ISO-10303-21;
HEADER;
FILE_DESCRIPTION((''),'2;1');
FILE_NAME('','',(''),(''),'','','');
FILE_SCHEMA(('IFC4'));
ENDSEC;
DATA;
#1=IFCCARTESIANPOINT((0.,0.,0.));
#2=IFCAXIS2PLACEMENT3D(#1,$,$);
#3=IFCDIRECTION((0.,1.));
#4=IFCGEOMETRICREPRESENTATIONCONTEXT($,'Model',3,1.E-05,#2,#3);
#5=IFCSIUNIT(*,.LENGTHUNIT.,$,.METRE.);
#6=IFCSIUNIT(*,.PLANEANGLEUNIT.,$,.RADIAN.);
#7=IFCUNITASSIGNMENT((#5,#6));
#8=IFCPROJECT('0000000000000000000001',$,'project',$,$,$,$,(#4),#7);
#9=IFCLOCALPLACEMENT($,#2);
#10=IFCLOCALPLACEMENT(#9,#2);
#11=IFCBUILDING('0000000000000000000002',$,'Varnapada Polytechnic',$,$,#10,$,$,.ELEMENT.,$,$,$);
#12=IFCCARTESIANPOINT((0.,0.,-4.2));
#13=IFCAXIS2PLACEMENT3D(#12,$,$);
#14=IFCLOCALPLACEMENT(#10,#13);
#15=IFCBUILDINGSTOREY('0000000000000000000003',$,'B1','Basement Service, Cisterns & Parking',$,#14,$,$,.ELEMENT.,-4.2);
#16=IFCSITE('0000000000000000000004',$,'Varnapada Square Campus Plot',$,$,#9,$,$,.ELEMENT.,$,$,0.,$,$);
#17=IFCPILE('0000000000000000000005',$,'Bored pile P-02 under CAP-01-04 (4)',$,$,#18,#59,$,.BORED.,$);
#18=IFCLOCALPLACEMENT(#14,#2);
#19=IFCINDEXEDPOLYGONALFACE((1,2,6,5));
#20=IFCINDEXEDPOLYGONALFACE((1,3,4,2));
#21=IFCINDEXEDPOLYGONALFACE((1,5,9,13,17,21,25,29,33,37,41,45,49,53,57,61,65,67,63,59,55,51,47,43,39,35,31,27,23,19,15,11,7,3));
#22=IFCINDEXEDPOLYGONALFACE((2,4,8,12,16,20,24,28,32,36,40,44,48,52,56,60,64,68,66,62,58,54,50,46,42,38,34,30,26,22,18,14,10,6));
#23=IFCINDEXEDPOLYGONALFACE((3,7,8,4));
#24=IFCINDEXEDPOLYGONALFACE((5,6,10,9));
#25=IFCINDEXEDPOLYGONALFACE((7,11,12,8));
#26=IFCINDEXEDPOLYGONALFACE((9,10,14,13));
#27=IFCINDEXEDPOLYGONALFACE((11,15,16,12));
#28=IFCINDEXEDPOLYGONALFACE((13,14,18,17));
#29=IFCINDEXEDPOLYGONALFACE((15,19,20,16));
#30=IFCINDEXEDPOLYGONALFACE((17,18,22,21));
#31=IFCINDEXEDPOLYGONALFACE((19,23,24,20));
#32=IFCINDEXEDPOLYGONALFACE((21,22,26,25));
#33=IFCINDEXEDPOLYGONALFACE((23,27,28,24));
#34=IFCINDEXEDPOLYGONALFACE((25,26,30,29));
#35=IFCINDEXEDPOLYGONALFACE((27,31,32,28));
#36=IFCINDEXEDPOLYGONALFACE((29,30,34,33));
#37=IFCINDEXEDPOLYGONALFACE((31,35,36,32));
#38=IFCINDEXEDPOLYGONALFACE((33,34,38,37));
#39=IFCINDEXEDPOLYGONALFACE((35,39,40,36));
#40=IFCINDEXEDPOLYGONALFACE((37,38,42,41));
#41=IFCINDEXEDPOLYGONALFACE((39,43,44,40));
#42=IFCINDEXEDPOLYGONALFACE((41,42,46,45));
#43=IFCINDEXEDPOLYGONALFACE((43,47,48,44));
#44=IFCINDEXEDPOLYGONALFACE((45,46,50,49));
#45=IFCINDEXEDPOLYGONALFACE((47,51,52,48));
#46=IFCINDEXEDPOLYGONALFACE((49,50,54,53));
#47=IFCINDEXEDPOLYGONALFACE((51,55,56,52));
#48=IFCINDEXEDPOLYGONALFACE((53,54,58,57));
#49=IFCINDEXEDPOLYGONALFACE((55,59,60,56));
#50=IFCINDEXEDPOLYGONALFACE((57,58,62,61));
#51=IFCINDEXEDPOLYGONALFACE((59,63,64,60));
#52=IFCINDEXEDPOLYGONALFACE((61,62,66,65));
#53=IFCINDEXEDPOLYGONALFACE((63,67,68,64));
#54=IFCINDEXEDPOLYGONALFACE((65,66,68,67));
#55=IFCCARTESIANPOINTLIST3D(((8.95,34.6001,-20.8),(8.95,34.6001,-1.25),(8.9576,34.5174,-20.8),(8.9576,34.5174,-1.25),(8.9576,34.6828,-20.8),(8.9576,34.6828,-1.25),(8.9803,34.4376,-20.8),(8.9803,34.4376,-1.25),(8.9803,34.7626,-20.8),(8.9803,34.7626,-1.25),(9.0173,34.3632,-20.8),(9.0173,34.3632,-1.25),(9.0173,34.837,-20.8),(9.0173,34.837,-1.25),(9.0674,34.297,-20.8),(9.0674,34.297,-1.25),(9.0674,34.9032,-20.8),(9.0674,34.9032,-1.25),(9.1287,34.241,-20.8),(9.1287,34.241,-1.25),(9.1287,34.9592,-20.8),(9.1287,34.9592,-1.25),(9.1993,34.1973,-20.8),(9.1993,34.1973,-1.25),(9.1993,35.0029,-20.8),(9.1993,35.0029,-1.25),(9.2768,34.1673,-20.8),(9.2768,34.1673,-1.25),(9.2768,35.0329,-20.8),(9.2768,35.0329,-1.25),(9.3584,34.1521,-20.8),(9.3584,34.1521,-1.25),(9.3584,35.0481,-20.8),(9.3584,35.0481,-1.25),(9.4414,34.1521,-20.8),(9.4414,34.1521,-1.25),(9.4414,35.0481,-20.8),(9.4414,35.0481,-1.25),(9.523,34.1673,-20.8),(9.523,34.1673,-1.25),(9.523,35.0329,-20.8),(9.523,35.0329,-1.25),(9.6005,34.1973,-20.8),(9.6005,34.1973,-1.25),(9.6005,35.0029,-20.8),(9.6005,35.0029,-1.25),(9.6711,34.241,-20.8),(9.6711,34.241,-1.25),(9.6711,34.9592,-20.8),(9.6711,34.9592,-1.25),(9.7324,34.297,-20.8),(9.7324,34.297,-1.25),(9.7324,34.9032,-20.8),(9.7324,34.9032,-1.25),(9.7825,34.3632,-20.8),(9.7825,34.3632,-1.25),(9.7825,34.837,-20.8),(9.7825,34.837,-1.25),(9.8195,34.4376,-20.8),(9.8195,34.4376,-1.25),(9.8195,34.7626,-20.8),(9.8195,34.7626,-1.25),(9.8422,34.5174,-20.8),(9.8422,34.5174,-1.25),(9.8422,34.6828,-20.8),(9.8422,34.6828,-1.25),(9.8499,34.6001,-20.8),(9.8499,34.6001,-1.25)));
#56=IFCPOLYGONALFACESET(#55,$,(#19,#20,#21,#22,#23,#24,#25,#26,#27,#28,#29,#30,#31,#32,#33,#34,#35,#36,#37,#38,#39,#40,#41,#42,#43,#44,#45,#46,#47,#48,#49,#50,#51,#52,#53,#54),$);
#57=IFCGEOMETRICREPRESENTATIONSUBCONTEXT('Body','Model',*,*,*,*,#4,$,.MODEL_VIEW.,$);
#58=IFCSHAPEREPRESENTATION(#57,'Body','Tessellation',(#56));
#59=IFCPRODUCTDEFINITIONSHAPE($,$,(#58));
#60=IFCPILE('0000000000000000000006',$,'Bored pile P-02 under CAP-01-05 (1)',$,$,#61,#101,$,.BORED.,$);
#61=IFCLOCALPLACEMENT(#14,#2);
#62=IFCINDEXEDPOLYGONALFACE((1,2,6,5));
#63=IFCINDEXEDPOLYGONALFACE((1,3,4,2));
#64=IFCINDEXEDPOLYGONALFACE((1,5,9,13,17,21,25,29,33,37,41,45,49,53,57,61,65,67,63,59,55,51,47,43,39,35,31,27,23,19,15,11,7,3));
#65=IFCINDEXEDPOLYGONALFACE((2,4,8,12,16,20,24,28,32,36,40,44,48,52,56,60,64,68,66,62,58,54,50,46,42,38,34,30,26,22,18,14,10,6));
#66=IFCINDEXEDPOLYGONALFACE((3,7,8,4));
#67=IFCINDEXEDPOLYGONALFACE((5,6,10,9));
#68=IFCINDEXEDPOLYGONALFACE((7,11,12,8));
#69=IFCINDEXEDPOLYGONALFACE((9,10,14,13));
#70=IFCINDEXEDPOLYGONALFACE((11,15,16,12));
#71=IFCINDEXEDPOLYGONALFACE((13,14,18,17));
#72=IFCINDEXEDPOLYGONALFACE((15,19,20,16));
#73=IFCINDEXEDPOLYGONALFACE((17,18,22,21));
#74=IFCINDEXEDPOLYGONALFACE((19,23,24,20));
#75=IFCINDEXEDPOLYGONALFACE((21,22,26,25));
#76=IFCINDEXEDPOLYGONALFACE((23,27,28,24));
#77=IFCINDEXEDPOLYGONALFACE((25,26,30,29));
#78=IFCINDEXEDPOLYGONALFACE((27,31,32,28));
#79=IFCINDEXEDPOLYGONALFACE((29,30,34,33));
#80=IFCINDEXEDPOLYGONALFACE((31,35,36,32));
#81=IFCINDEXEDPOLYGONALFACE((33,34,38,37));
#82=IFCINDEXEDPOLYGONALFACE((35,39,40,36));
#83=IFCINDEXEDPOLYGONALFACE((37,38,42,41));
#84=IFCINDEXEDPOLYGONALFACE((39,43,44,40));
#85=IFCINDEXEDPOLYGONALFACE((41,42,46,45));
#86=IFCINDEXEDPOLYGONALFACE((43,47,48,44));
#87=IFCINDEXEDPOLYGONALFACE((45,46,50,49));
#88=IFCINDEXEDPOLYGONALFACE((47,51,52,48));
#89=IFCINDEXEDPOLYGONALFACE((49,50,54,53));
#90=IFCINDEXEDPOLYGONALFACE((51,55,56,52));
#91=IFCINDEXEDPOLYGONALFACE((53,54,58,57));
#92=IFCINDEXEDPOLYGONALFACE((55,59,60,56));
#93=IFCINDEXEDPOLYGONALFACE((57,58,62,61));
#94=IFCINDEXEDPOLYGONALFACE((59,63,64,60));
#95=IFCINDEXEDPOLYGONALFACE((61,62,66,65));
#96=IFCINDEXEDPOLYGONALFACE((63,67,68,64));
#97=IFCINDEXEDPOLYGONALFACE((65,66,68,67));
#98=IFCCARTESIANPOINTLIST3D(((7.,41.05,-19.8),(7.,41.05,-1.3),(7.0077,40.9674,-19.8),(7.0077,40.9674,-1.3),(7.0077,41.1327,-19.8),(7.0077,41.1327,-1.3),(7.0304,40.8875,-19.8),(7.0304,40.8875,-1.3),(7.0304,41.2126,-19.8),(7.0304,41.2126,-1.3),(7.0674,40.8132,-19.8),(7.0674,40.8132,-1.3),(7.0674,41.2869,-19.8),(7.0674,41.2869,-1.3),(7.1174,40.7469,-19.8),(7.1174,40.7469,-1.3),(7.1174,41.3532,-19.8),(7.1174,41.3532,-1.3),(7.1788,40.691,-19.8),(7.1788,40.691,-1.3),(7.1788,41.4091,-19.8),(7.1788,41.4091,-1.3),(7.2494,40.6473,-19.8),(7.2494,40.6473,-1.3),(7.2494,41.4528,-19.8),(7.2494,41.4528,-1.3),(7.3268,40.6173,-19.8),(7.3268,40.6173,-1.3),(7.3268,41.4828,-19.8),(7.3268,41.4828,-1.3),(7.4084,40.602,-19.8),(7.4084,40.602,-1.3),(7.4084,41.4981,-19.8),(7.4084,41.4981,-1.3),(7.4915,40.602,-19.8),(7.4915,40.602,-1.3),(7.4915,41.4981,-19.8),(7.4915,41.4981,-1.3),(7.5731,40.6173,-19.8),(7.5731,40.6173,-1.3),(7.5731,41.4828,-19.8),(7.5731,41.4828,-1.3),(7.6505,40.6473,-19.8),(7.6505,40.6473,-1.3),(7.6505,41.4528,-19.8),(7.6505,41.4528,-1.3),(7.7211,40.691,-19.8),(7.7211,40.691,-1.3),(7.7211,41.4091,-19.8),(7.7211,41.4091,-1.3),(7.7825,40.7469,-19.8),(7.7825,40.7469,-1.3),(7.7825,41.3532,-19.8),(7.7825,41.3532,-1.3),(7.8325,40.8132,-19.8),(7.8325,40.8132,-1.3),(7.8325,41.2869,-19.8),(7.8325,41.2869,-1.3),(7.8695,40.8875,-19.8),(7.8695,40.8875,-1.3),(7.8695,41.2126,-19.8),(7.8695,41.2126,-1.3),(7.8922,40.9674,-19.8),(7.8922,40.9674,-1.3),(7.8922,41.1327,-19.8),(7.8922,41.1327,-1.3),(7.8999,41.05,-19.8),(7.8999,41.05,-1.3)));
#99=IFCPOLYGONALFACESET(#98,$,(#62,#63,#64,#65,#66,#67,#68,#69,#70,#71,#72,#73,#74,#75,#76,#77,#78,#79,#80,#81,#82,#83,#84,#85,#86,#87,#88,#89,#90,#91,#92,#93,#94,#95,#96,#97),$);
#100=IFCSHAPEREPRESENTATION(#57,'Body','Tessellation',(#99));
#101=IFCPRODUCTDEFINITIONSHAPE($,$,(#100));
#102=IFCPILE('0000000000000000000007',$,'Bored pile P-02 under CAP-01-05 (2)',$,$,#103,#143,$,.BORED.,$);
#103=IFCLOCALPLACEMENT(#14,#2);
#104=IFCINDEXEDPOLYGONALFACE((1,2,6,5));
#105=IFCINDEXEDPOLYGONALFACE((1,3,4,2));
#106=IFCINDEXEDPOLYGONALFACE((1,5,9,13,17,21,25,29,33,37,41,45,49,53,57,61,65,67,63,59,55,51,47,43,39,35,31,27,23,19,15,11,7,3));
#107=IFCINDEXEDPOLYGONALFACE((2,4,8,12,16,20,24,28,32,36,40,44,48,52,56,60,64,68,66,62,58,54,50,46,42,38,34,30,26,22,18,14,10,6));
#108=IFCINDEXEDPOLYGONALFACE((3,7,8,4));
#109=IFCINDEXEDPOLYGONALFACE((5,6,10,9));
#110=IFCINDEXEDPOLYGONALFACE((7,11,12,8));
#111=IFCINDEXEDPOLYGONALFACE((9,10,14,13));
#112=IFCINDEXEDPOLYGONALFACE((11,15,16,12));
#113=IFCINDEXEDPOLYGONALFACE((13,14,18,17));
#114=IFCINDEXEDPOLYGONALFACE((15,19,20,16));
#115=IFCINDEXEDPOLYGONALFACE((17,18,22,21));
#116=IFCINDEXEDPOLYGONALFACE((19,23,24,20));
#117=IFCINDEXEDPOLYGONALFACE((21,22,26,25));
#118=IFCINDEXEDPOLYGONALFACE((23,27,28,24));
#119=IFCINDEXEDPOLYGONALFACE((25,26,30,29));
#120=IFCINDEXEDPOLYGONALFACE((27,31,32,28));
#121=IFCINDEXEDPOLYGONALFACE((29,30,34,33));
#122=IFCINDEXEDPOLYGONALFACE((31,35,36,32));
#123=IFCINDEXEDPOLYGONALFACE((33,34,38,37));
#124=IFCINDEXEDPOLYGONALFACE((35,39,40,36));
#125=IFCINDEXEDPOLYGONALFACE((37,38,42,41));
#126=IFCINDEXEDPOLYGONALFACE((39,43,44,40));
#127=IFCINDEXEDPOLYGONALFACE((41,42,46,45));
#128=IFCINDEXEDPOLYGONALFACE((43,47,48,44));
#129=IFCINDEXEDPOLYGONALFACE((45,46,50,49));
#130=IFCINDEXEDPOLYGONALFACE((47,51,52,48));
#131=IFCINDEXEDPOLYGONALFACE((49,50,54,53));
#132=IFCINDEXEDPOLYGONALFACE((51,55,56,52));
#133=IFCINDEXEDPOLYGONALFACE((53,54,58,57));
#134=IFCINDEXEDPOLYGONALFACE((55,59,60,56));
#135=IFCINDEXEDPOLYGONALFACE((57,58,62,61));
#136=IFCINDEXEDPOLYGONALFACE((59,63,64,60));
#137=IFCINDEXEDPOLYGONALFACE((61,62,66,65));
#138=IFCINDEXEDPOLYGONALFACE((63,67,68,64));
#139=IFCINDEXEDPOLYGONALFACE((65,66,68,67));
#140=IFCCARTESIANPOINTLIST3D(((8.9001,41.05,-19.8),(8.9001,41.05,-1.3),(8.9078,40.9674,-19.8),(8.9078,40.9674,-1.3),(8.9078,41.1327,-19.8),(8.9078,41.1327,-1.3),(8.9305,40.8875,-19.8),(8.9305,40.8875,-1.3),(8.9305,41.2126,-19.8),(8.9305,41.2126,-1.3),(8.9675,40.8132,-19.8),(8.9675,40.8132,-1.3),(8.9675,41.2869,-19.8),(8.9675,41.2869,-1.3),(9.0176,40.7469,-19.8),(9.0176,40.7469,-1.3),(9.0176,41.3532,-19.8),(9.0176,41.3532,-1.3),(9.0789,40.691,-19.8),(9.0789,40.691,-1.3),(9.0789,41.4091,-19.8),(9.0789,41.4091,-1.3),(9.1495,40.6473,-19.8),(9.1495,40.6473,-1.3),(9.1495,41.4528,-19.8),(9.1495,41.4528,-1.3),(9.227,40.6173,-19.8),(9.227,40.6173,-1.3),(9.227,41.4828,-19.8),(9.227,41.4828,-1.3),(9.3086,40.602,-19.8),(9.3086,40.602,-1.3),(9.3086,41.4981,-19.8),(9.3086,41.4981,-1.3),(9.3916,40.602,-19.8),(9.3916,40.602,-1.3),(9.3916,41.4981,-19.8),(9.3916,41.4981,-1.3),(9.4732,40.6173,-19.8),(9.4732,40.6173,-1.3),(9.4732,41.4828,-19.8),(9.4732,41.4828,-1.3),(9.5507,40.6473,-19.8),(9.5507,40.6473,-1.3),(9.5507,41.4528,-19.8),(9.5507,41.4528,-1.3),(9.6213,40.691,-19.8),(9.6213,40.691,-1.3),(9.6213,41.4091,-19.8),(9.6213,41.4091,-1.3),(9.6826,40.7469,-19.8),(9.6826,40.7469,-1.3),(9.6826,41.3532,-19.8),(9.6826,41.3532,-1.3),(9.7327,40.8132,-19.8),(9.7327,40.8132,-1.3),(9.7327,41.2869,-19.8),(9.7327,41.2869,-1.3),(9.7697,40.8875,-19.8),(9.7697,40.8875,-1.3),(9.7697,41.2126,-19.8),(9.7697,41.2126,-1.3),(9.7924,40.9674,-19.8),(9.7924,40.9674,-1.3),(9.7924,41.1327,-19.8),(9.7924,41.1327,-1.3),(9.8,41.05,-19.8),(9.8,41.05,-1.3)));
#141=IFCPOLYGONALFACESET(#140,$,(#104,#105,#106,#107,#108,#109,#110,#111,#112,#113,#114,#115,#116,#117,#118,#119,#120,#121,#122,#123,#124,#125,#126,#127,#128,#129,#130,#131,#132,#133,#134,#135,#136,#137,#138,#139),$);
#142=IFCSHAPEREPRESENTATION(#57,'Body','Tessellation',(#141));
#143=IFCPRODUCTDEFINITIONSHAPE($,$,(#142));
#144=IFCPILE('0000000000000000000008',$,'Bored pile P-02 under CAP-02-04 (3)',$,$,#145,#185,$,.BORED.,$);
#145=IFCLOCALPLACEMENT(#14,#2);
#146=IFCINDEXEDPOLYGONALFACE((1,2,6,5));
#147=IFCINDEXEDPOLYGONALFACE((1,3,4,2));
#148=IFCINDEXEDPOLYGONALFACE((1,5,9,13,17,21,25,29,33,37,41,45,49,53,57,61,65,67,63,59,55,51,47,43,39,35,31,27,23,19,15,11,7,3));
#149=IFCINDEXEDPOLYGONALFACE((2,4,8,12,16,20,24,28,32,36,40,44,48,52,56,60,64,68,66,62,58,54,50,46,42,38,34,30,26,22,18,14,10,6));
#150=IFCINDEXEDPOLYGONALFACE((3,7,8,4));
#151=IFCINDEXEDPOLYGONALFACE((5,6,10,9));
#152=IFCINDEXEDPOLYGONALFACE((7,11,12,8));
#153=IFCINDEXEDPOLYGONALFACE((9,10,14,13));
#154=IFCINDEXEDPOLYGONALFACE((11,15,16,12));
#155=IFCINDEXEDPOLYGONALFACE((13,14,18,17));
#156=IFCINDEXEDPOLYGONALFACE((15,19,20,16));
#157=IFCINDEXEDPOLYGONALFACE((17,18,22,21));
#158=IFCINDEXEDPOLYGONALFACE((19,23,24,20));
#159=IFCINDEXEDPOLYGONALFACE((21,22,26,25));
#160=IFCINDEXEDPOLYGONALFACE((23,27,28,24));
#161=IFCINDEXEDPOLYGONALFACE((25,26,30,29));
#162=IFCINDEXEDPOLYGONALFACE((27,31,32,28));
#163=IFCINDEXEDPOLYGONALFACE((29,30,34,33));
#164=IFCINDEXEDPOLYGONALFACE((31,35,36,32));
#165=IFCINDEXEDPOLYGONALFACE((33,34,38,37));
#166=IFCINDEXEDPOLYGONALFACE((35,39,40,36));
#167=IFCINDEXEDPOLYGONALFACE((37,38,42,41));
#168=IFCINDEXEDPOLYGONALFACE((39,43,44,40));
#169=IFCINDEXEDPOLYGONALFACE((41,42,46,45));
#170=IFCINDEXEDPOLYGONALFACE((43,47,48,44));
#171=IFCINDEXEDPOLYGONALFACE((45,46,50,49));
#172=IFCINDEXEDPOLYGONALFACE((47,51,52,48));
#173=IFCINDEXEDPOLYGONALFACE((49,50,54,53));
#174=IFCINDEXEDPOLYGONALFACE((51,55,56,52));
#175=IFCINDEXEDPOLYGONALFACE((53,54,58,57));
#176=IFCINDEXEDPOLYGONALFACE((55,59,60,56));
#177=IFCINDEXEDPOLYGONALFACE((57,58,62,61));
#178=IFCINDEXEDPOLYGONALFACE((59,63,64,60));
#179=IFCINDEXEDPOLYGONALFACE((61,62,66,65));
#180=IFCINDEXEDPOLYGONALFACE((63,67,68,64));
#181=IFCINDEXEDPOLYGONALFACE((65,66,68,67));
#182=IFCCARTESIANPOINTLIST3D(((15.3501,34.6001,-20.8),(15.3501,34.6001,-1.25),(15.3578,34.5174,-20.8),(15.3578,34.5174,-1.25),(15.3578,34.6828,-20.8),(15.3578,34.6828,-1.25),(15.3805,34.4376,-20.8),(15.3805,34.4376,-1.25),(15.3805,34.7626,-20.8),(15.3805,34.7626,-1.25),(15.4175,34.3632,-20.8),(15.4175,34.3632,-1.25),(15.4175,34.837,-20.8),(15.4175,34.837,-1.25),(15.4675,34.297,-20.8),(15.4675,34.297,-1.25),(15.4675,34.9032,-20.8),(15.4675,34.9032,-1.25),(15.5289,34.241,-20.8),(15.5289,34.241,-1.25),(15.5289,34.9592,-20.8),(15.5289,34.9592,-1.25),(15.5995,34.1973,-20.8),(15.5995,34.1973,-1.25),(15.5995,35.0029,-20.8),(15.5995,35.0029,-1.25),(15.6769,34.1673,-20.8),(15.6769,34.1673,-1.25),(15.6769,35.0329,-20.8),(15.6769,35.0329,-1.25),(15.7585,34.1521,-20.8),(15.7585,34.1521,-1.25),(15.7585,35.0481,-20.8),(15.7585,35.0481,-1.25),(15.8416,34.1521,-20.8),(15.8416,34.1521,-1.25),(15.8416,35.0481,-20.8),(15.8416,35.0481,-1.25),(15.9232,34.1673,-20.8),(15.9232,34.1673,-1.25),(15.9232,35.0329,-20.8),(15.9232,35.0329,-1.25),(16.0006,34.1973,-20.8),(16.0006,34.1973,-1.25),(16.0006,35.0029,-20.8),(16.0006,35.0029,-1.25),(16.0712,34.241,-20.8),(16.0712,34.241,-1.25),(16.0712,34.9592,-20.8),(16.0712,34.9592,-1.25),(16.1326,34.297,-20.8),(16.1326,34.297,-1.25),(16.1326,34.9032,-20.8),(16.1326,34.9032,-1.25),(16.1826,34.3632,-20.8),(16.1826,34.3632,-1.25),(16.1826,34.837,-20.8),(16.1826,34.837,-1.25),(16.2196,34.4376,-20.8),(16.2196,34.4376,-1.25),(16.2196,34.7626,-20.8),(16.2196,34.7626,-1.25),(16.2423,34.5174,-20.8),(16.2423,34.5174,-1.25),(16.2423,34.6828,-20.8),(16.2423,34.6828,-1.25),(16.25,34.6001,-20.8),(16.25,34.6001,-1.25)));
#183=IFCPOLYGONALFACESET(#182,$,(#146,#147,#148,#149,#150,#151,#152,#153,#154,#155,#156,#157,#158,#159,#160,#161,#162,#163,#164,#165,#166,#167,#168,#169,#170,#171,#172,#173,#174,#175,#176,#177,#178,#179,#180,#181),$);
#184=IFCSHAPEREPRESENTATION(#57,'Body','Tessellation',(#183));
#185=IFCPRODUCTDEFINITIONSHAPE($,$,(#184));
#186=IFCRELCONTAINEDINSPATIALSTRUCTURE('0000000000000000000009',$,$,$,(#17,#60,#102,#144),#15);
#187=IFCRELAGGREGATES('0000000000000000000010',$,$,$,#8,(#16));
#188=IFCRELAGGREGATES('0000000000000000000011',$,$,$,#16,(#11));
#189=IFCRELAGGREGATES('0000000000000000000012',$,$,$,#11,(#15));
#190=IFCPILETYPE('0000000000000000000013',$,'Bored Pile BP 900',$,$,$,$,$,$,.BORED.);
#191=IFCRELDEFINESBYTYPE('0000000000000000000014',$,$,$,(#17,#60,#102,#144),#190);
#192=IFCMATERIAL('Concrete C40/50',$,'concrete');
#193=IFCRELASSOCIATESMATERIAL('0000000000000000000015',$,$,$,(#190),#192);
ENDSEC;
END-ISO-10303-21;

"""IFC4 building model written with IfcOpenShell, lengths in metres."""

from ifc_helpers import new_model, si_unit, direction, frame, origin, origin_2d, place, context, subcontext, project, spatial, circle, extrude, material, material_profile, profile_set, type_object, element, save


model = new_model("IFC4")

# Units and contexts
model_context = context("Model", 3, precision=1e-05, world=origin(), true_north=direction((0.0, 1.0)))
body_context = subcontext(model_context, "Body", "Model", "MODEL_VIEW")
ifc_project = project(units=[si_unit("LENGTHUNIT", "METRE"), si_unit("PLANEANGLEUNIT", "RADIAN")], contexts=[model_context])

# Site, building, storey
site_placement = place(None, origin())
site = spatial("IfcSite", under=ifc_project, at=site_placement, Name="Varnapada Square Campus Plot", CompositionType="ELEMENT", RefElevation=0.0)
building_placement = place(site_placement, origin())
building = spatial("IfcBuilding", under=site, at=building_placement, Name="Varnapada Polytechnic", CompositionType="ELEMENT")
storey_placement = place(building_placement, frame((0.0, 0.0, -4.2)))
storey = spatial("IfcBuildingStorey", under=building, at=storey_placement, Name="B1", Description="Basement Service, Cisterns & Parking", CompositionType="ELEMENT", Elevation=-4.2)

# Piles
ifc_material_1 = material(Name="Concrete C40/50", Category="concrete")
ifc_material_profile_1 = material_profile(ifc_material_1, circle(Radius=0.45, at=origin_2d()), Name="BP 900")
ifc_profile_set_1 = profile_set([ifc_material_profile_1], Name="Concrete C40/50")
pile_type = type_object("IfcPileType", Name="Bored Pile BP 900", PredefinedType="BORED", material=ifc_profile_set_1)
for number, where, z_axis, x_axis, name in (
    (1, (9.3999, 34.6001, -1.25), (0.0, 0.0, -1.0), (1.0, 0.0, 0.0), "Bored pile P-02 under CAP-01-04 (4)"),
):
    element("IfcPile", number, at=place(storey_placement, frame(where, z_axis=z_axis, x_axis=x_axis)), inside=storey, type_object=pile_type, Name=name, PredefinedType="BORED", context=body_context, shape_type="SweptSolid", body=[
        extrude(circle(Radius=0.45, at=origin_2d()), origin(), (0.0, 0.0, 1.0), 19.55),
    ])
for number, where, z_axis, x_axis, name in (
    (2, (7.45, 41.05, -1.3), (0.0, 0.0, -1.0), (1.0, 0.0, 0.0), "Bored pile P-02 under CAP-01-05 (1)"),
    (3, (9.3501, 41.05, -1.3), (0.0, 0.0, -1.0), (1.0, 0.0, 0.0), "Bored pile P-02 under CAP-01-05 (2)"),
):
    element("IfcPile", number, at=place(storey_placement, frame(where, z_axis=z_axis, x_axis=x_axis)), inside=storey, type_object=pile_type, Name=name, PredefinedType="BORED", context=body_context, shape_type="SweptSolid", body=[
        extrude(circle(Radius=0.45, at=origin_2d()), origin(), (0.0, 0.0, 1.0), 18.5),
    ])
pile_1_placement = place(storey_placement, frame((15.8, 34.6001, -1.25), z_axis=(0.0, 0.0, -1.0), x_axis=(1.0, 0.0, 0.0)))
element("IfcPile", 4, at=pile_1_placement, inside=storey, type_object=pile_type, Name="Bored pile P-02 under CAP-02-04 (3)", PredefinedType="BORED", context=body_context, shape_type="SweptSolid", body=[
    extrude(circle(Radius=0.45, at=origin_2d()), origin(), (0.0, 0.0, 1.0), 19.55),
])

save(model, "model.ifc")
